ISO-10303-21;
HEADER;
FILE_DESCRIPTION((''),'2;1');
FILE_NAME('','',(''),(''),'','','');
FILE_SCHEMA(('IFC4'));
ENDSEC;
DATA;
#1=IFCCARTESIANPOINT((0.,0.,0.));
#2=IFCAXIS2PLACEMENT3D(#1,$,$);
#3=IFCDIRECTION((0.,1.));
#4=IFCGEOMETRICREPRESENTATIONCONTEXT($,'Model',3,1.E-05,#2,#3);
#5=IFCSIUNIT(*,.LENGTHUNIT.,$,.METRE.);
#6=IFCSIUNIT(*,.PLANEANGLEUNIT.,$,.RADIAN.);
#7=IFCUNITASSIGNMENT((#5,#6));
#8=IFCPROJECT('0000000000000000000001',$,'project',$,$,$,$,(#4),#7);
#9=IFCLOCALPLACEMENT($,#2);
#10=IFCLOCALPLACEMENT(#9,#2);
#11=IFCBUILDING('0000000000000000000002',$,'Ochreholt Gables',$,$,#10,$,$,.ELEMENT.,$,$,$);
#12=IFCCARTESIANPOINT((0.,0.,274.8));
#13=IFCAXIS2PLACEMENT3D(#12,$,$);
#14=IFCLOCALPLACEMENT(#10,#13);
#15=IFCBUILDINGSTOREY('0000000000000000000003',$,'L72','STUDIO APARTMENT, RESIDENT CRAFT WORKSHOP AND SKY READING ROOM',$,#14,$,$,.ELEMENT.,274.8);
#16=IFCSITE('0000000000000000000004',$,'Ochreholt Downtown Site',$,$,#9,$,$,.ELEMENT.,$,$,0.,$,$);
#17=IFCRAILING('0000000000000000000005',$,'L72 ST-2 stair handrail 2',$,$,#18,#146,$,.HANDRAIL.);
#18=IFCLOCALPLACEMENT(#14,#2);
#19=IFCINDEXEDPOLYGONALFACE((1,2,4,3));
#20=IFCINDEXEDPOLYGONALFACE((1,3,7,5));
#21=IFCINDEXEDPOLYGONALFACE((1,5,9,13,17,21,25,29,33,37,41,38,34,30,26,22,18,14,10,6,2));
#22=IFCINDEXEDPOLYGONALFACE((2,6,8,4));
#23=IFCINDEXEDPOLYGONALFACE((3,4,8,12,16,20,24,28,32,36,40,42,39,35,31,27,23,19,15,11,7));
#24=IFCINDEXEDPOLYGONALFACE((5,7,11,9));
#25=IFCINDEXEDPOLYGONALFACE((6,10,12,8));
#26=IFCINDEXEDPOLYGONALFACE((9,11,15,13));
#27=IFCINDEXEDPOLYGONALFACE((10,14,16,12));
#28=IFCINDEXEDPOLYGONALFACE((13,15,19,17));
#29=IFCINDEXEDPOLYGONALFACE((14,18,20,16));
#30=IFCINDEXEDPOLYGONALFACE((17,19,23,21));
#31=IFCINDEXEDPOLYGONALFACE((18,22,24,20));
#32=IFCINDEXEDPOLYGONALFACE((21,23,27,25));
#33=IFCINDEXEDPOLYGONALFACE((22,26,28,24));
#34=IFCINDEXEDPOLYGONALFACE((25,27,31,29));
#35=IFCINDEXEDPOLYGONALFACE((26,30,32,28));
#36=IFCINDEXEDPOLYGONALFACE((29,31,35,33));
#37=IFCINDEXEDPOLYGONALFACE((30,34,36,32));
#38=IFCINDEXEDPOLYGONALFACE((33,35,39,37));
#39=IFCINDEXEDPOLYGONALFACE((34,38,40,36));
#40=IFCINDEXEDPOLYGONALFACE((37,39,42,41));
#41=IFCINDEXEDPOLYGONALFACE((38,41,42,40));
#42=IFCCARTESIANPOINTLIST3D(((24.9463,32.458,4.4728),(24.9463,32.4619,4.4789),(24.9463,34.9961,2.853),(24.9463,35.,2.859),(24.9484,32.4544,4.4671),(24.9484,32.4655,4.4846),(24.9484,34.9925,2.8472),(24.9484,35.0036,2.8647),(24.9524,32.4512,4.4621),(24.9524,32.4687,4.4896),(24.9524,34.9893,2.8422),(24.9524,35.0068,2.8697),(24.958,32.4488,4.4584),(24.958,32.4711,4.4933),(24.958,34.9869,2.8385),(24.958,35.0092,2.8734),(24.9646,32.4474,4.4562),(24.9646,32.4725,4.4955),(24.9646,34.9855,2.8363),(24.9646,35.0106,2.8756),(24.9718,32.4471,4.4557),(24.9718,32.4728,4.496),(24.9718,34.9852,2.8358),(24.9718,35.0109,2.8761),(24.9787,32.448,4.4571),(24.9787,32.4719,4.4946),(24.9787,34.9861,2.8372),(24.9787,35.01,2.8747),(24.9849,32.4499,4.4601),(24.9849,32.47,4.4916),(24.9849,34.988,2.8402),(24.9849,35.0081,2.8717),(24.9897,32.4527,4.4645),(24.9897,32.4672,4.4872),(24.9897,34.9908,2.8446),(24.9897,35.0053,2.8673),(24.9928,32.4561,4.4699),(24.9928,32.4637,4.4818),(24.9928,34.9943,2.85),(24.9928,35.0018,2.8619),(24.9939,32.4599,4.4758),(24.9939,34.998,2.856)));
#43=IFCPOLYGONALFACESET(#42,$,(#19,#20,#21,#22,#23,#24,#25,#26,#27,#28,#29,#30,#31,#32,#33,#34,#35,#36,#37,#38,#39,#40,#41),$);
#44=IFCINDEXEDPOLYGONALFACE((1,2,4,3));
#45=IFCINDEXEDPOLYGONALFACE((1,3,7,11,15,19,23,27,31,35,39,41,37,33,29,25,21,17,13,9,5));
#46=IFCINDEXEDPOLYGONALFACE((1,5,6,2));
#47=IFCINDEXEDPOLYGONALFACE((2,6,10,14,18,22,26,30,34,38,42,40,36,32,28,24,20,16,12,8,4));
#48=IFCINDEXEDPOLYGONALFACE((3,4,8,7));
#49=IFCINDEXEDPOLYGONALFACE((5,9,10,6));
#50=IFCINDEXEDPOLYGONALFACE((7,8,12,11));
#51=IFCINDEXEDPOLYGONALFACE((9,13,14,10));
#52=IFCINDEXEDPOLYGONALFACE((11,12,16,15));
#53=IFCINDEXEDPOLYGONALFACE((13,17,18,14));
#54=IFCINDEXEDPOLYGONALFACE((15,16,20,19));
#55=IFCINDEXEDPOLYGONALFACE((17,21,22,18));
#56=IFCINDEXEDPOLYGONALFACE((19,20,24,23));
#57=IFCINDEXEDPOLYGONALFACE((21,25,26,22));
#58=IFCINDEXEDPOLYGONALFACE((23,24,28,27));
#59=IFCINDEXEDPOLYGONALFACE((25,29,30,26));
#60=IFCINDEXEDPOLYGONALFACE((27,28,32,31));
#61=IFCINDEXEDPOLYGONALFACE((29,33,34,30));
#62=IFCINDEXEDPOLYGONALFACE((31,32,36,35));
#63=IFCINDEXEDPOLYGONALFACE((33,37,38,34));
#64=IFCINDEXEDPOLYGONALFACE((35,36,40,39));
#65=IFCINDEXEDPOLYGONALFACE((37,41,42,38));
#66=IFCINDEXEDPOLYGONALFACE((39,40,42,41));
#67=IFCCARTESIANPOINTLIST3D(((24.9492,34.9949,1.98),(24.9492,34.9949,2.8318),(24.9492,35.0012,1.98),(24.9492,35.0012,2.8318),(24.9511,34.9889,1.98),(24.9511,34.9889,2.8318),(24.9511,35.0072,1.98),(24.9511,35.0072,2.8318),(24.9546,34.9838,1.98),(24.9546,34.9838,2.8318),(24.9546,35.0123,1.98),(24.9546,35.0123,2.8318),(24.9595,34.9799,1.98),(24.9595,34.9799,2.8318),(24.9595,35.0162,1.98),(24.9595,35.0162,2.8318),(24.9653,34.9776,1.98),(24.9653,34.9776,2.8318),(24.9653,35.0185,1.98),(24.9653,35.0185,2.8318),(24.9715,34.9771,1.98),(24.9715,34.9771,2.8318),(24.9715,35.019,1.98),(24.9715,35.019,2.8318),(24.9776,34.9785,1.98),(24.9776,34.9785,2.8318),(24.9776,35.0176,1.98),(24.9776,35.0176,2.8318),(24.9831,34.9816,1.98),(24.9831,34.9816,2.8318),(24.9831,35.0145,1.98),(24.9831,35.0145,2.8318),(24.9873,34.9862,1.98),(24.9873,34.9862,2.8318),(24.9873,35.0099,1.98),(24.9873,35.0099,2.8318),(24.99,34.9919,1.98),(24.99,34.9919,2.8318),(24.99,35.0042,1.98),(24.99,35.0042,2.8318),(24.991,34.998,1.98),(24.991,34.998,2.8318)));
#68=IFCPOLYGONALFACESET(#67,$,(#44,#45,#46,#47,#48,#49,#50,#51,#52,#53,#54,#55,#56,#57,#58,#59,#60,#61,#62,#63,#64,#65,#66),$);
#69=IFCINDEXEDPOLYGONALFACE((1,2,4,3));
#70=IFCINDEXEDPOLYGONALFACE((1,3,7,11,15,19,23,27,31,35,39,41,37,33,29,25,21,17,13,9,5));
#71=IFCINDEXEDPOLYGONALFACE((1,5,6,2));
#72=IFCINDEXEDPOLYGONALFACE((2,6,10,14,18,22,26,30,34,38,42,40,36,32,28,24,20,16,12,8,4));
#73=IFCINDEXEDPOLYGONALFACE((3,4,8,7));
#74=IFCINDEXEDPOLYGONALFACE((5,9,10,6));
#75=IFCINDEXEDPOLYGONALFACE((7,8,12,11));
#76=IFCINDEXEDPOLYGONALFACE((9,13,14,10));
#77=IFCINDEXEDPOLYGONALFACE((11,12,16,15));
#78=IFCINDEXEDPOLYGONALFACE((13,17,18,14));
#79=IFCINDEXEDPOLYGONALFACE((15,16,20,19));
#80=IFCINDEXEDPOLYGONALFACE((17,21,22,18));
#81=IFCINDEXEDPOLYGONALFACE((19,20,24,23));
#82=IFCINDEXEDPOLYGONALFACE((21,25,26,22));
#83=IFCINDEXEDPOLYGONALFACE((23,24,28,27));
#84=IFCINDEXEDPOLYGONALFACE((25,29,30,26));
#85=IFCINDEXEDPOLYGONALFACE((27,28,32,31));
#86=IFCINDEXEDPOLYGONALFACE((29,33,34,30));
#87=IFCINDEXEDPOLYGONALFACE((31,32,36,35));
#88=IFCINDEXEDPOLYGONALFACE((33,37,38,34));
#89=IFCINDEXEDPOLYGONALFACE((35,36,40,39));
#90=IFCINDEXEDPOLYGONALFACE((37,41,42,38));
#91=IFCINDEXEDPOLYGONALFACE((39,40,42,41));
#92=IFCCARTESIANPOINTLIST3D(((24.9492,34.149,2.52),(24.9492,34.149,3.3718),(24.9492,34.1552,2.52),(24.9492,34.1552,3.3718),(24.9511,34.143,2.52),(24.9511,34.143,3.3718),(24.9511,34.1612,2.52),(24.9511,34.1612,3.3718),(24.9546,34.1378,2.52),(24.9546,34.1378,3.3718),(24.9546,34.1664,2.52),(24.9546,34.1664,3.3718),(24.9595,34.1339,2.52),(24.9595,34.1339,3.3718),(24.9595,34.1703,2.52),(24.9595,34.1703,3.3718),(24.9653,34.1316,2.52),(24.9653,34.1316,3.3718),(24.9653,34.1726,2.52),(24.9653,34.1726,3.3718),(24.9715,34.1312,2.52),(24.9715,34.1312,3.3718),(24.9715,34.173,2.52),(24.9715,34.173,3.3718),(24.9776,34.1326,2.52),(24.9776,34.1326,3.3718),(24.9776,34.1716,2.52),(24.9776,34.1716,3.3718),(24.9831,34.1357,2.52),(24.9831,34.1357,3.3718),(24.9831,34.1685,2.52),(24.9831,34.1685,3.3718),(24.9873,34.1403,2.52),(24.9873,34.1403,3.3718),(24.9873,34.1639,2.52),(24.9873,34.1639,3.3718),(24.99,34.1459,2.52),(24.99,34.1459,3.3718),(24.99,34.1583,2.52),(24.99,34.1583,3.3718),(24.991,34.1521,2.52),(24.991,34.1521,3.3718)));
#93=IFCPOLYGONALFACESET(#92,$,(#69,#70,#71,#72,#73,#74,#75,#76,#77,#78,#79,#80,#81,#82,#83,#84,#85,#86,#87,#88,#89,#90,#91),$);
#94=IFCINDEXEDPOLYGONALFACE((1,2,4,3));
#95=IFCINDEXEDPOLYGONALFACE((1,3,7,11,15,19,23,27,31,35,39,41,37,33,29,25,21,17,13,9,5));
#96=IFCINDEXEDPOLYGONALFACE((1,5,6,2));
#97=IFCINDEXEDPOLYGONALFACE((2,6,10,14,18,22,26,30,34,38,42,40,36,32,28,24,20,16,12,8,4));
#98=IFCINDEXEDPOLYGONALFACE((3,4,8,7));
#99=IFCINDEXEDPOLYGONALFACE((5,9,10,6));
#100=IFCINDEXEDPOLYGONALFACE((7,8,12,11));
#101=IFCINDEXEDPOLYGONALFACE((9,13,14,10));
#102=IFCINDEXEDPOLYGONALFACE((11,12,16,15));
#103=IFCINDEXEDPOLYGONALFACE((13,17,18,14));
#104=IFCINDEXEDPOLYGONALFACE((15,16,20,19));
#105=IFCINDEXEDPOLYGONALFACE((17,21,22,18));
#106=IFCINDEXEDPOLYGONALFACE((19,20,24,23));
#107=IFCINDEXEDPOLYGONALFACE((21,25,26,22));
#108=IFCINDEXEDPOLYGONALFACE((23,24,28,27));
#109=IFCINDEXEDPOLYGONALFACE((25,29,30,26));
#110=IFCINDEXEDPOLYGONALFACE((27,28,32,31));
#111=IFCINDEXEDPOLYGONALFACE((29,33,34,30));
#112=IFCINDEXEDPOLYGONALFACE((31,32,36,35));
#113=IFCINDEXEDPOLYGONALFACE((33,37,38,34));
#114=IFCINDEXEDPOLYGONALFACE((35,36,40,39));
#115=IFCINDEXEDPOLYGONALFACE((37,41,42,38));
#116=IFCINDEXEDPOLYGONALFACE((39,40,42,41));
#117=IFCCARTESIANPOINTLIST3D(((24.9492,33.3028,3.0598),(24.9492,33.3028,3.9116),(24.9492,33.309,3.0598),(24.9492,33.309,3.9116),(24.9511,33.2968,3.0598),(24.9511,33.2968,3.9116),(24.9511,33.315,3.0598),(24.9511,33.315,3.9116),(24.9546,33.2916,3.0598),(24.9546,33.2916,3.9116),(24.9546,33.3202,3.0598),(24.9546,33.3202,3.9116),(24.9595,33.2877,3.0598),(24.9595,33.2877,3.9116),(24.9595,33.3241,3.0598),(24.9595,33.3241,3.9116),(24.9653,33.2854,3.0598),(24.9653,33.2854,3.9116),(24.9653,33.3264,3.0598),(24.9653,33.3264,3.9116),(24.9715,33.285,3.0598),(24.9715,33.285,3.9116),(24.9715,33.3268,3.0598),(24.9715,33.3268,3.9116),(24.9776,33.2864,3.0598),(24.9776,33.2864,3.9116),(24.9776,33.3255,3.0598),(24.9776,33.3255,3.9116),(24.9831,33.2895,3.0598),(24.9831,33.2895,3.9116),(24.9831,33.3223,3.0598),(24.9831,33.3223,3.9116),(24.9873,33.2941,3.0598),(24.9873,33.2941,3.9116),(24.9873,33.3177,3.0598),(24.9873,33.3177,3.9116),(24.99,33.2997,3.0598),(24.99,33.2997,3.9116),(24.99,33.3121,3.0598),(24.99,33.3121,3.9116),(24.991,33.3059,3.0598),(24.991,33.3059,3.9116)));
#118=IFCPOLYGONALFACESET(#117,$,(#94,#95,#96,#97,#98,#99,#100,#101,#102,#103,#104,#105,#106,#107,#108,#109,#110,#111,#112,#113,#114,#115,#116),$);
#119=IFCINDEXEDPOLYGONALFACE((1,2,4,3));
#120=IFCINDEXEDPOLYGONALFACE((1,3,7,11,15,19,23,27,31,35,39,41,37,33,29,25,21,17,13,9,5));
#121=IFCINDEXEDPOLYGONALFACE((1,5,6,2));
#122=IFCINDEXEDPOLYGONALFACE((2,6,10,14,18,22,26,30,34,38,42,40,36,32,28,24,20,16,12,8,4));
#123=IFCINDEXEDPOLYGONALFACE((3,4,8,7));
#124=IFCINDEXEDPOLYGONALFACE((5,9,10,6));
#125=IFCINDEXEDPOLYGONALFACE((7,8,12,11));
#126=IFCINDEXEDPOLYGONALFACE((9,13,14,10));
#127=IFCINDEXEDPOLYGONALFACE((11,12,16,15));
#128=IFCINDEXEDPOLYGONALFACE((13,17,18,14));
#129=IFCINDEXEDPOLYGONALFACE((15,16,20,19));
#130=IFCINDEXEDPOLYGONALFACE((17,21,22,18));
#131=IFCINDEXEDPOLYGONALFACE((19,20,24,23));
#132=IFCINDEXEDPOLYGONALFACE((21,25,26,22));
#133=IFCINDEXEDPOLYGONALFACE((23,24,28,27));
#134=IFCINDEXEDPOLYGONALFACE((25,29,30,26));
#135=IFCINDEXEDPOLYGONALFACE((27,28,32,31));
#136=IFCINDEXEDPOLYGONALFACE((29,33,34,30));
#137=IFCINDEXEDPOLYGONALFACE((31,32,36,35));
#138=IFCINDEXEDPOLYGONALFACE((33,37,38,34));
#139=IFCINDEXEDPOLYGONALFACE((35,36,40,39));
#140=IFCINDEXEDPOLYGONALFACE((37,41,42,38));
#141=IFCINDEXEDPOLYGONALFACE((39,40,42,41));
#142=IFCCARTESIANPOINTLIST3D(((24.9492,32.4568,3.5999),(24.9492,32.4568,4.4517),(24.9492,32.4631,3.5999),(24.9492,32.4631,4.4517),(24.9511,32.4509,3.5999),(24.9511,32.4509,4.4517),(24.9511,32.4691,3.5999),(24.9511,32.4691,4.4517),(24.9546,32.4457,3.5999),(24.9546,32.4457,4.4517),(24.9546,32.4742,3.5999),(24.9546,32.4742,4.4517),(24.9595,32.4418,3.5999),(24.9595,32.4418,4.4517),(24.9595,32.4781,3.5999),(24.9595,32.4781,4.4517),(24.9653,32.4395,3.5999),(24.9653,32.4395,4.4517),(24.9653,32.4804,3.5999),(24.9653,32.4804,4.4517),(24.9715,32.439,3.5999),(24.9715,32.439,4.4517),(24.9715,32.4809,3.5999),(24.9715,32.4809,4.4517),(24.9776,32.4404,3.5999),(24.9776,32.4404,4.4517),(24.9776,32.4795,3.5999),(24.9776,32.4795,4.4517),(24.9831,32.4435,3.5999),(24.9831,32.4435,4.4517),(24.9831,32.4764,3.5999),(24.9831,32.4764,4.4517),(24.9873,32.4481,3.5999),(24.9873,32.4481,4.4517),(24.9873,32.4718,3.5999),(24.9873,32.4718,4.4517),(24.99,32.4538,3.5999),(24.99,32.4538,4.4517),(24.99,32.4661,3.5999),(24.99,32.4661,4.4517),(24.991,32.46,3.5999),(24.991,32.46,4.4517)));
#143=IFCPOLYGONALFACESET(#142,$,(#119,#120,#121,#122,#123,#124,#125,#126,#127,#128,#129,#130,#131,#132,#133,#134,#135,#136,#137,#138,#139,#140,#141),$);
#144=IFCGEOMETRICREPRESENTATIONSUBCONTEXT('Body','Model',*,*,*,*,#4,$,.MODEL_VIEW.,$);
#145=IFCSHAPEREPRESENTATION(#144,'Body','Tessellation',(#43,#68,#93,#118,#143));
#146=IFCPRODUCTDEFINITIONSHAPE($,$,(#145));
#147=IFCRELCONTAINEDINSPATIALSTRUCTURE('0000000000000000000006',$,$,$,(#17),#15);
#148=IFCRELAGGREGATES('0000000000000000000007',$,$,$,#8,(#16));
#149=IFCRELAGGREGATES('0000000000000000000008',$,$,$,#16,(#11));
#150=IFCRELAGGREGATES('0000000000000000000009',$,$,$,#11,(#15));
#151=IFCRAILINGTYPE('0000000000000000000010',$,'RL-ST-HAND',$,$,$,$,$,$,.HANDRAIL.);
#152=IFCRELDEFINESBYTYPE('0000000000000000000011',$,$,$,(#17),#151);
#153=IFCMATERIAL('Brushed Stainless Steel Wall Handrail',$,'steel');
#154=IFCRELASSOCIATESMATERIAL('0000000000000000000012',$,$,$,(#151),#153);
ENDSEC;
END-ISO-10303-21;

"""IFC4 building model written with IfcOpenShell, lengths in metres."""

from ifc_helpers import new_model, si_unit, direction, frame, origin, origin_2d, place, context, subcontext, project, spatial, circle, extrude, material, type_object, element, save


model = new_model("IFC4")

# Units and contexts
model_context = context("Model", 3, precision=1e-05, world=origin(), true_north=direction((0.0, 1.0)))
body_context = subcontext(model_context, "Body", "Model", "MODEL_VIEW")
ifc_project = project(units=[si_unit("LENGTHUNIT", "METRE"), si_unit("PLANEANGLEUNIT", "RADIAN")], contexts=[model_context])

# Site, building, storey
site_placement = place(None, origin())
site = spatial("IfcSite", under=ifc_project, at=site_placement, Name="Ochreholt Downtown Site", CompositionType="ELEMENT", RefElevation=0.0)
building_placement = place(site_placement, origin())
building = spatial("IfcBuilding", under=site, at=building_placement, Name="Ochreholt Gables", CompositionType="ELEMENT")
storey_placement = place(building_placement, frame((0.0, 0.0, 274.8)))
storey = spatial("IfcBuildingStorey", under=building, at=storey_placement, Name="L72", Description="STUDIO APARTMENT, RESIDENT CRAFT WORKSHOP AND SKY READING ROOM", CompositionType="ELEMENT", Elevation=274.8)

# Railing
ifc_material_1 = material(Name="Brushed Stainless Steel Wall Handrail", Category="steel")
railing_type_1 = type_object("IfcRailingType", Name="RL-ST-HAND", PredefinedType="HANDRAIL", material=ifc_material_1)
railing_1_placement = place(storey_placement, frame((24.97, 34.998, 1.98)))
element("IfcRailing", 1, at=railing_1_placement, inside=storey, type_object=railing_type_1, Name="L72 ST-2 stair handrail 2", PredefinedType="HANDRAIL", context=body_context, shape_type="SweptSolid", body=[
    extrude(circle(Radius=0.0239, at=origin_2d()), frame((0.0, 0.0, 0.876), z_axis=(0.0, -0.84295, 0.537993), x_axis=(1.0, 0.0, 0.0)), (0.0, 0.0, 1.0), 3.011),
    extrude(circle(Radius=0.021, at=origin_2d()), origin(), (0.0, 0.0, 1.0), 0.8518),
    extrude(circle(Radius=0.021, at=origin_2d()), frame((0.0, -0.8459, 0.54)), (0.0, 0.0, 1.0), 0.8518),
    extrude(circle(Radius=0.021, at=origin_2d()), frame((0.0, -1.6921, 1.0798)), (0.0, 0.0, 1.0), 0.8518),
    extrude(circle(Radius=0.021, at=origin_2d()), frame((0.0, -2.5381, 1.6199)), (0.0, 0.0, 1.0), 0.8518),
])

save(model, "model.ifc")
